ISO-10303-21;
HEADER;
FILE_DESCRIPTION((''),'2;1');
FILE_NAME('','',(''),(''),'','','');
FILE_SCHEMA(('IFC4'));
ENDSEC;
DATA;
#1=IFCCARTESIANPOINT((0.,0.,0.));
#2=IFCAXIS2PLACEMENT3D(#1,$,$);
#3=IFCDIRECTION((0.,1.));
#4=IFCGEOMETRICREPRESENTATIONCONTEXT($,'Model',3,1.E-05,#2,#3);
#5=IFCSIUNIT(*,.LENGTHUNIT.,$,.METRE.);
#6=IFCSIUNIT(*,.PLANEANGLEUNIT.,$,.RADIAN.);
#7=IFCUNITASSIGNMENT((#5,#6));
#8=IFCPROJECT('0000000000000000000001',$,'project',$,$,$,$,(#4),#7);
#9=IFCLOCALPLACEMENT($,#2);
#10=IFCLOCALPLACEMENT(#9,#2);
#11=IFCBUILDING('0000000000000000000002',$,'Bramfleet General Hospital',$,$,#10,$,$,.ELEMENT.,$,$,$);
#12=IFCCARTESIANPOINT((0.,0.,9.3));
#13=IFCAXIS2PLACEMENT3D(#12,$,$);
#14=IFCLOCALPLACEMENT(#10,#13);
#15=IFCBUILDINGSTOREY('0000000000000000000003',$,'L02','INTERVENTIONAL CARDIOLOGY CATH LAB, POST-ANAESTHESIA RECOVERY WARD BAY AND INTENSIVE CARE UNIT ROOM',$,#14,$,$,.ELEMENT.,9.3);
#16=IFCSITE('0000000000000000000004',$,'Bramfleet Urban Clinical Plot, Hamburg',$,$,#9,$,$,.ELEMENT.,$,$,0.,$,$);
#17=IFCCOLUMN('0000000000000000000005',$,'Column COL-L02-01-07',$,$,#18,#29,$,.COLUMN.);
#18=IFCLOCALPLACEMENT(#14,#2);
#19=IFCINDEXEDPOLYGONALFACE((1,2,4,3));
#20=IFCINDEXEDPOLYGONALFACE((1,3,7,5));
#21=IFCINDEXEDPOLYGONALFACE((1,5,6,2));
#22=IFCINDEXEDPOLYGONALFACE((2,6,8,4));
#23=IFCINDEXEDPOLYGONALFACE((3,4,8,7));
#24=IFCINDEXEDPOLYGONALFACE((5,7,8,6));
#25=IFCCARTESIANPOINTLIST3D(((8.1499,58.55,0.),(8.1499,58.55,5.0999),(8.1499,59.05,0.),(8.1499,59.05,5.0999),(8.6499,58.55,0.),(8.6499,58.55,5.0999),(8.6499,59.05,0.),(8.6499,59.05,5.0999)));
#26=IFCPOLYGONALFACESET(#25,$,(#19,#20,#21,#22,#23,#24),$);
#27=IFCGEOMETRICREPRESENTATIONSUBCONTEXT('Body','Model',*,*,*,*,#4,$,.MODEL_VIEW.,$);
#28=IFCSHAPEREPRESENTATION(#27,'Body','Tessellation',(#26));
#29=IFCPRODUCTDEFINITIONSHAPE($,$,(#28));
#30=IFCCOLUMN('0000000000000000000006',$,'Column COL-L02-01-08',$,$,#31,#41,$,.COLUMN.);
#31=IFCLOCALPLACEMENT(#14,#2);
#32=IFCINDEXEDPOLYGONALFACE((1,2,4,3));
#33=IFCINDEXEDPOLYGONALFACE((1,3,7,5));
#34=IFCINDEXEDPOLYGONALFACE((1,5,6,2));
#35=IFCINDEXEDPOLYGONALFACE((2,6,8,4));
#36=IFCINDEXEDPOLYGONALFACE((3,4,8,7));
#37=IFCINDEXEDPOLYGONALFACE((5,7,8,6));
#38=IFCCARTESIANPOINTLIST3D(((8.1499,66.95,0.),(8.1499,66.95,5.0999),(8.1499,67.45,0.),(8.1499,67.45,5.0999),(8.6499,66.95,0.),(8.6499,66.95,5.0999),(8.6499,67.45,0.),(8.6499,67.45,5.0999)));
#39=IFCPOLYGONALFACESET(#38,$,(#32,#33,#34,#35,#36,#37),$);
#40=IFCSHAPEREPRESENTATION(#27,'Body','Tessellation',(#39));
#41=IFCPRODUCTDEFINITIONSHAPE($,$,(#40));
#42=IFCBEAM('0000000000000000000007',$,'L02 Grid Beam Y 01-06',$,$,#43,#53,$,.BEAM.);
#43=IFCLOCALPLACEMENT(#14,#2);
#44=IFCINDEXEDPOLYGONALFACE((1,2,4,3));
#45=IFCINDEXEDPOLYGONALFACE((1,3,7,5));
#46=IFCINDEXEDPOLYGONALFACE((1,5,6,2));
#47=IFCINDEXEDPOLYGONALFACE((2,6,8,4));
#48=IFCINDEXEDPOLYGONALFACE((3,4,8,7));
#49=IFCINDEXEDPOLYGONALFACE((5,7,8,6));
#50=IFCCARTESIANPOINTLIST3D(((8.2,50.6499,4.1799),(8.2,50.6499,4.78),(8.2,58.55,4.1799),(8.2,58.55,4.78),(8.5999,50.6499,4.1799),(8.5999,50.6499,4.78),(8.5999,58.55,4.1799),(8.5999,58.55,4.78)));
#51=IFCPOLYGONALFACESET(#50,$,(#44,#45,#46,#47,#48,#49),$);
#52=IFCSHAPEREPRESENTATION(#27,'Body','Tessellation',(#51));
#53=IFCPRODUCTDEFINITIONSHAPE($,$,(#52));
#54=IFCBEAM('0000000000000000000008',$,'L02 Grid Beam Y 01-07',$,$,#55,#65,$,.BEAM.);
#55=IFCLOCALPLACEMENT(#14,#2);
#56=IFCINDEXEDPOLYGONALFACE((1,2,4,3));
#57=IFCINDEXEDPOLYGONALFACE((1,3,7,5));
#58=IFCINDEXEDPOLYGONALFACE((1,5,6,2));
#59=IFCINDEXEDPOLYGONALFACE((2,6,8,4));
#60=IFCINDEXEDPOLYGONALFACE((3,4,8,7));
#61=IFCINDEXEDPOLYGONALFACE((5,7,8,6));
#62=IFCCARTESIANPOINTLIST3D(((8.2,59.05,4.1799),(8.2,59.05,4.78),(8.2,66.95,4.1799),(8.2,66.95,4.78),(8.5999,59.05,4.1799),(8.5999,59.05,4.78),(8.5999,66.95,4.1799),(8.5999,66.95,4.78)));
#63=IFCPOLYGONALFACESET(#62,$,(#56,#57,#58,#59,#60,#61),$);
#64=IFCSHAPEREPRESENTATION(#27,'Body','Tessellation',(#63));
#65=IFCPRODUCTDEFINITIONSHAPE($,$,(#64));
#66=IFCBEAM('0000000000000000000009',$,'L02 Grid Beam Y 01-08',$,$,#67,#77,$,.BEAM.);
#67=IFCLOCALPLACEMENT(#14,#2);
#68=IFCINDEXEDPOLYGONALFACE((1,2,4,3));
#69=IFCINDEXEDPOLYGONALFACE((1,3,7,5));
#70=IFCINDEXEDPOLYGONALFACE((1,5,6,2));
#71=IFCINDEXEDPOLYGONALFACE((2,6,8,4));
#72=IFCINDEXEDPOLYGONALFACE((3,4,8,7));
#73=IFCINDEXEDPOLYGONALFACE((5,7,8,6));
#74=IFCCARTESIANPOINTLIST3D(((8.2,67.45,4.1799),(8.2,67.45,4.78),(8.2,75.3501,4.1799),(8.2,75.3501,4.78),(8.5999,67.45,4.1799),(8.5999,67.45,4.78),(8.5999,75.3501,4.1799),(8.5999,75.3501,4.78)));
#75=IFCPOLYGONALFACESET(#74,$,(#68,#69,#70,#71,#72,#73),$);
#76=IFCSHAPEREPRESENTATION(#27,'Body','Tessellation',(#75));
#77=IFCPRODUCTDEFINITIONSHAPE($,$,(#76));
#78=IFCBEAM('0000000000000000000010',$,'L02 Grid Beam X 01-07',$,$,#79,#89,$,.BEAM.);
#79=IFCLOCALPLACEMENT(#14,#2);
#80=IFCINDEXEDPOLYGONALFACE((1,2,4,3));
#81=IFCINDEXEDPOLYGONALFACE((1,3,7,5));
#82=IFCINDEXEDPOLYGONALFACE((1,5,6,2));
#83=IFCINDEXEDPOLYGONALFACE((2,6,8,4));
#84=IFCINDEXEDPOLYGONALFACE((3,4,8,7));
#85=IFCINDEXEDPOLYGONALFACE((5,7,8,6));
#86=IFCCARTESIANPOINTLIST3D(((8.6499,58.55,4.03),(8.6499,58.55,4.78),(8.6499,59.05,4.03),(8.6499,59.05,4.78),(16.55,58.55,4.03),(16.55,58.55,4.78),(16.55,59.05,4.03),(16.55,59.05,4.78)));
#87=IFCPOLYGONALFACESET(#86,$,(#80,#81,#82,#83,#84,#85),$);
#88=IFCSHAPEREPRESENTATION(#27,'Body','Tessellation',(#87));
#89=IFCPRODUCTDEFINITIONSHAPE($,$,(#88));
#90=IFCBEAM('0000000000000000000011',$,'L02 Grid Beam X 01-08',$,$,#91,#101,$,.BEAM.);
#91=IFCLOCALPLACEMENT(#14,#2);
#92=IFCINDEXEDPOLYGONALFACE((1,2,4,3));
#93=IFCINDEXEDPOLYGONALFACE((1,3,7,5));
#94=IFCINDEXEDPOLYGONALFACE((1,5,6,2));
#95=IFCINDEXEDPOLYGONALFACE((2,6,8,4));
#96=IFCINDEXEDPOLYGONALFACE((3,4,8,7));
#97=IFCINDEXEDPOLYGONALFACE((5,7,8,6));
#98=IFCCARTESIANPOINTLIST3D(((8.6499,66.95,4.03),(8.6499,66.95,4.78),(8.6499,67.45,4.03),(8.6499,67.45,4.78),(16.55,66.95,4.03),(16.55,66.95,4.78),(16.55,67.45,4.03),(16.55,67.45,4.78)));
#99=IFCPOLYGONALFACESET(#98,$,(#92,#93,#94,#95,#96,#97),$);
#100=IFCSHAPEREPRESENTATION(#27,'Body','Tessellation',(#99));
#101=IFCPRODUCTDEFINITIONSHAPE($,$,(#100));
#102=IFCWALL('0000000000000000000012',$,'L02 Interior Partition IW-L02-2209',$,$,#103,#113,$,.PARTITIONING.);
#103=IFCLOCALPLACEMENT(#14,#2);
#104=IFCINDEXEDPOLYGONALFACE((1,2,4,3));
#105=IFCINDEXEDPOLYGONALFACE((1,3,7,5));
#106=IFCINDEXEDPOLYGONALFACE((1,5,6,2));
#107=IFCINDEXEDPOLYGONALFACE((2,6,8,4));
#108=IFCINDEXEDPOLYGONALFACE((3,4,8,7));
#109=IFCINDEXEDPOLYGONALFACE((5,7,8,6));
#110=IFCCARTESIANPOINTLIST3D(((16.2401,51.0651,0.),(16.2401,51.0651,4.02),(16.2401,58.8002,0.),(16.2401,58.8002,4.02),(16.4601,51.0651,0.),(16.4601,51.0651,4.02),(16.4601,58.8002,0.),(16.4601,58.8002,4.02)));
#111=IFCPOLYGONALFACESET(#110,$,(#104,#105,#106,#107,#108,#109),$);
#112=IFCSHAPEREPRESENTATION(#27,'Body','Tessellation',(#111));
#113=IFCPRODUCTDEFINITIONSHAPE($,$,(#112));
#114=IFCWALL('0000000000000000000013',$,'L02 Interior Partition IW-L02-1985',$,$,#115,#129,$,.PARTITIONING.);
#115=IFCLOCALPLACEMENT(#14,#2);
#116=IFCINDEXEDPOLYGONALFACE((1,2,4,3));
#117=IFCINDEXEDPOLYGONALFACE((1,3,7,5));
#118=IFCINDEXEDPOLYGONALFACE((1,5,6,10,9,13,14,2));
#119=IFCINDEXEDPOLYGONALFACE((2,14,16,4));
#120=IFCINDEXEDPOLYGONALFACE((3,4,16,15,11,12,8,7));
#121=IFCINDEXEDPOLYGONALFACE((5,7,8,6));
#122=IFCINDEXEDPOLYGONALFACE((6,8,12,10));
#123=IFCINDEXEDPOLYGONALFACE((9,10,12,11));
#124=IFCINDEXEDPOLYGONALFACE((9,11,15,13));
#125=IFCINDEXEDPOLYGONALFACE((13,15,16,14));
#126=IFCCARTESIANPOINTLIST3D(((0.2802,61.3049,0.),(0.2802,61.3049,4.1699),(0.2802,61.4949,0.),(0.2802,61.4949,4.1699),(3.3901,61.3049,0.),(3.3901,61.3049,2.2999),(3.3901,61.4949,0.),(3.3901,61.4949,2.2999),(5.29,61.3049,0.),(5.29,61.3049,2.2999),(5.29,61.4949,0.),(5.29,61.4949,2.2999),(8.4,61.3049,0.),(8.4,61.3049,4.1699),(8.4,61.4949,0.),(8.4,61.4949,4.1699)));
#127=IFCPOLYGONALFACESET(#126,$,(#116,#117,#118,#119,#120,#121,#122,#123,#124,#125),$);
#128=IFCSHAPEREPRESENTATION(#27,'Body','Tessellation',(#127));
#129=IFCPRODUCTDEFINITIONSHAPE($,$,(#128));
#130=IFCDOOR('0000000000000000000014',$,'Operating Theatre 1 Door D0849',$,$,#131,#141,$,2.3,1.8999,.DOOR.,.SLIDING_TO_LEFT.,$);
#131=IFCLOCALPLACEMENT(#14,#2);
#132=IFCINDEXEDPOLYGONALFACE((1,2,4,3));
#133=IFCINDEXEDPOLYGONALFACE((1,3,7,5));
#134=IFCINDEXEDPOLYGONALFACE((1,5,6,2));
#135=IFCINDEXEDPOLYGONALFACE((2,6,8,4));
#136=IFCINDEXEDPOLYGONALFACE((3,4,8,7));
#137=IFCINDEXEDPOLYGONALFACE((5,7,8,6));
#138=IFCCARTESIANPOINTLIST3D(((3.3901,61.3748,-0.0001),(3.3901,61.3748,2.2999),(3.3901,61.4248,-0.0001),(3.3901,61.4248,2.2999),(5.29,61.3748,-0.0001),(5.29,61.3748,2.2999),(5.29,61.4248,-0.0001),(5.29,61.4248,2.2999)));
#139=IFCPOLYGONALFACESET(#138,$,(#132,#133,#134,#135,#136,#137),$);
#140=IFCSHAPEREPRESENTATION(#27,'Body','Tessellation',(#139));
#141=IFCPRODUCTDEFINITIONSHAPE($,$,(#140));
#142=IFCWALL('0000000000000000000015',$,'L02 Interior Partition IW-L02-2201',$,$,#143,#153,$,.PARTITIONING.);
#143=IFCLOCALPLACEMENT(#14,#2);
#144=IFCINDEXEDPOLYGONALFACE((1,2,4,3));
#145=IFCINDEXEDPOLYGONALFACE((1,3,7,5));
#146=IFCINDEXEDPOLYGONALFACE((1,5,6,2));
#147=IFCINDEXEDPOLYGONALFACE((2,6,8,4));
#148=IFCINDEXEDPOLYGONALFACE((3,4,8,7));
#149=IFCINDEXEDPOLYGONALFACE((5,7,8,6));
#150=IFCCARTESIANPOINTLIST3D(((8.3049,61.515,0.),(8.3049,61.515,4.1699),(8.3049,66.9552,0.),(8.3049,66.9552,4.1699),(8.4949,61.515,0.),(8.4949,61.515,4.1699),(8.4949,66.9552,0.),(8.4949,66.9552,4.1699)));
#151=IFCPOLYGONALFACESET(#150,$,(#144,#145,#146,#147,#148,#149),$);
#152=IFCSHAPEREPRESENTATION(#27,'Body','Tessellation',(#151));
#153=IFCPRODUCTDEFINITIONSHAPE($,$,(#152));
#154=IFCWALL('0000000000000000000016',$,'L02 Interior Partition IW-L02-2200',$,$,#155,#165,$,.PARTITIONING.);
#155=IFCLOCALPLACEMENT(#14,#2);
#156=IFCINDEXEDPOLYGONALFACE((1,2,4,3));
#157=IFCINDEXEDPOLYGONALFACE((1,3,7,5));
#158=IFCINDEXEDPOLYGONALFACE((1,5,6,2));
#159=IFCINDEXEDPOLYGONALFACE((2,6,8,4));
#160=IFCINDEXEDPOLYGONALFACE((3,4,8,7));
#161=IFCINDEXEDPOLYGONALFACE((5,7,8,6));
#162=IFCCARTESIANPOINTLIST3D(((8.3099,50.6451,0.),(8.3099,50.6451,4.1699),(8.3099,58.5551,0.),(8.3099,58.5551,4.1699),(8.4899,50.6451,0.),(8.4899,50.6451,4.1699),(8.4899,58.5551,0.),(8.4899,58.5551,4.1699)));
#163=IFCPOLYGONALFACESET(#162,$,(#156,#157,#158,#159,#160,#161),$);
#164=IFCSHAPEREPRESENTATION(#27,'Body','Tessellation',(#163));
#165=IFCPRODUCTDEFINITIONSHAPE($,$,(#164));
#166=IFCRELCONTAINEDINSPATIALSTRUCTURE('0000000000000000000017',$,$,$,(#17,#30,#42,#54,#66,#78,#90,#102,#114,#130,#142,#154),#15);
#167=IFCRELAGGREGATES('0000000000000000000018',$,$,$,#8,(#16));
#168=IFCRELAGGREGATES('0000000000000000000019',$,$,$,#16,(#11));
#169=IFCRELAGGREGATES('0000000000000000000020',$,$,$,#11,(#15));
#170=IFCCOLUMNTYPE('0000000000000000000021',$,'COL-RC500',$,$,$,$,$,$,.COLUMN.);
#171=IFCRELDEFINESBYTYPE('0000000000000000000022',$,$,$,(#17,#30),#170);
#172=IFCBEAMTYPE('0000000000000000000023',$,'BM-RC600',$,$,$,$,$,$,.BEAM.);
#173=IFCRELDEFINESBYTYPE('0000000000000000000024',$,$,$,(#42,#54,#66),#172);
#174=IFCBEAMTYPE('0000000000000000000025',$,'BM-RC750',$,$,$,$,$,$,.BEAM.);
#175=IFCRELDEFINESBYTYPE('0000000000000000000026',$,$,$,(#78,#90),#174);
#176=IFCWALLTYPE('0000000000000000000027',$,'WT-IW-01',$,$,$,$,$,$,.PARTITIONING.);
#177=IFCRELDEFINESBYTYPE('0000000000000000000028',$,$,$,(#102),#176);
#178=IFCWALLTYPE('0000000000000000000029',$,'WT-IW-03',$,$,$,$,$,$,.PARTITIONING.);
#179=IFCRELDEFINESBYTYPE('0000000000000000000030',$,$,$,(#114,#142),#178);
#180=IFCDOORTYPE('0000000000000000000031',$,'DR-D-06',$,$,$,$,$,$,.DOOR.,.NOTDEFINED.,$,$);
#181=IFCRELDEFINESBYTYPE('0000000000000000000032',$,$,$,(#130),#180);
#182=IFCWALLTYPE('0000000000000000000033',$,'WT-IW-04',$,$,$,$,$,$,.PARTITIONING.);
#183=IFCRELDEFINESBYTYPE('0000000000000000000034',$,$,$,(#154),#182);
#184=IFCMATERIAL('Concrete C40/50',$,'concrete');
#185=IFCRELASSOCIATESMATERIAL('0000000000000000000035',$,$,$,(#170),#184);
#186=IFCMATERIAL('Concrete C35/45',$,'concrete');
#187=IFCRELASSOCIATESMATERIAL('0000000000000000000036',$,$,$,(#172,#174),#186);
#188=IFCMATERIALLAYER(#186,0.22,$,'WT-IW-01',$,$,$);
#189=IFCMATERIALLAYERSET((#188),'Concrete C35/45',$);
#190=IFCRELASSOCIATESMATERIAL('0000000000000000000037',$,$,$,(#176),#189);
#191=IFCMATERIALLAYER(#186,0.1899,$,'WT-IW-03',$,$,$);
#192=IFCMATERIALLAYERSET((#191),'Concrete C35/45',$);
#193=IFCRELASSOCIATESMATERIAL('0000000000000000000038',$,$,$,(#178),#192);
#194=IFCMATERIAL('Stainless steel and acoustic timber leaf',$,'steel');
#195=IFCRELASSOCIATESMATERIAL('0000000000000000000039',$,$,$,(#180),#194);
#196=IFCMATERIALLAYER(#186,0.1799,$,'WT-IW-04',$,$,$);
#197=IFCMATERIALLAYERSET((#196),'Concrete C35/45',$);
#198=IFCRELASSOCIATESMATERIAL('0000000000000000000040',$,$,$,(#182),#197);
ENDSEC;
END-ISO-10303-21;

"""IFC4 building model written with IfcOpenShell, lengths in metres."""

from ifc_helpers import new_model, si_unit, direction, frame, frame_2d, origin, origin_2d, place, context, subcontext, project, spatial, rectangle, extrude, material, layer, layer_set, material_profile, profile_set, type_object, element, fill, save


model = new_model("IFC4")

# Units and contexts
model_context = context("Model", 3, precision=1e-05, world=origin(), true_north=direction((0.0, 1.0)))
body_context = subcontext(model_context, "Body", "Model", "MODEL_VIEW")
ifc_project = project(units=[si_unit("LENGTHUNIT", "METRE"), si_unit("PLANEANGLEUNIT", "RADIAN")], contexts=[model_context])

# Site, building, storey
site_placement = place(None, origin())
site = spatial("IfcSite", under=ifc_project, at=site_placement, Name="Bramfleet Urban Clinical Plot, Hamburg", CompositionType="ELEMENT", RefElevation=0.0)
building_placement = place(site_placement, origin())
building = spatial("IfcBuilding", under=site, at=building_placement, Name="Bramfleet General Hospital", CompositionType="ELEMENT")
storey_placement = place(building_placement, frame((0.0, 0.0, 9.3)))
storey = spatial("IfcBuildingStorey", under=building, at=storey_placement, Name="L02", Description="INTERVENTIONAL CARDIOLOGY CATH LAB, POST-ANAESTHESIA RECOVERY WARD BAY AND INTENSIVE CARE UNIT ROOM", CompositionType="ELEMENT", Elevation=9.3)

# Columns
ifc_material_1 = material(Name="Concrete C40/50", Category="concrete")
ifc_material_profile_1 = material_profile(ifc_material_1, rectangle(XDim=0.5, YDim=0.5, at=origin_2d()), Name="RC COL 500x500")
ifc_profile_set_1 = profile_set([ifc_material_profile_1], Name="Concrete C40/50")
column_type = type_object("IfcColumnType", Name="COL-RC500", PredefinedType="COLUMN", material=ifc_profile_set_1)
for number, where, z_axis, x_axis, name in (
    (1, (8.3999, 58.8, 0.0), (0.0, 0.0, 1.0), (1.0, 0.0, 0.0), "Column COL-L02-01-07"),
    (2, (8.3999, 67.2, 0.0), (0.0, 0.0, 1.0), (1.0, 0.0, 0.0), "Column COL-L02-01-08"),
):
    element("IfcColumn", number, at=place(storey_placement, frame(where, z_axis=z_axis, x_axis=x_axis)), inside=storey, type_object=column_type, Name=name, PredefinedType="COLUMN", context=body_context, shape_type="SweptSolid", body=[
        extrude(rectangle(XDim=0.5, YDim=0.5, at=origin_2d()), origin(), (0.0, 0.0, 1.0), 5.0999),
    ])

# Beams
ifc_material_2 = material(Name="Concrete C35/45", Category="concrete")
ifc_material_profile_2 = material_profile(ifc_material_2, rectangle(XDim=0.3999, YDim=0.6001, at=origin_2d()), Name="RC BM 600x400")
ifc_profile_set_2 = profile_set([ifc_material_profile_2], Name="Concrete C35/45")
beam_type_1 = type_object("IfcBeamType", Name="BM-RC600", PredefinedType="BEAM", material=ifc_profile_set_2)
beam_1_placement = place(storey_placement, frame((8.3999, 50.6499, 4.48), z_axis=(0.0, 1.0, 0.0), x_axis=(-1.0, 0.0, 0.0)))
element("IfcBeam", 3, at=beam_1_placement, inside=storey, type_object=beam_type_1, Name="L02 Grid Beam Y 01-06", PredefinedType="BEAM", context=body_context, shape_type="SweptSolid", body=[
    extrude(rectangle(XDim=0.3999, YDim=0.6001, at=origin_2d()), origin(), (0.0, 0.0, 1.0), 7.9001),
])
beam_2_placement = place(storey_placement, frame((8.3999, 59.05, 4.48), z_axis=(0.0, 1.0, 0.0), x_axis=(-1.0, 0.0, 0.0)))
element("IfcBeam", 4, at=beam_2_placement, inside=storey, type_object=beam_type_1, Name="L02 Grid Beam Y 01-07", PredefinedType="BEAM", context=body_context, shape_type="SweptSolid", body=[
    extrude(rectangle(XDim=0.3999, YDim=0.6001, at=origin_2d()), origin(), (0.0, 0.0, 1.0), 7.8999),
])
beam_3_placement = place(storey_placement, frame((8.3999, 67.45, 4.48), z_axis=(0.0, 1.0, 0.0), x_axis=(-1.0, 0.0, 0.0)))
element("IfcBeam", 5, at=beam_3_placement, inside=storey, type_object=beam_type_1, Name="L02 Grid Beam Y 01-08", PredefinedType="BEAM", context=body_context, shape_type="SweptSolid", body=[
    extrude(rectangle(XDim=0.3999, YDim=0.6001, at=origin_2d()), origin(), (0.0, 0.0, 1.0), 7.9001),
])
ifc_material_profile_3 = material_profile(ifc_material_2, rectangle(XDim=0.5, YDim=0.75, at=origin_2d()), Name="RC BM 750x500")
ifc_profile_set_3 = profile_set([ifc_material_profile_3], Name="Concrete C35/45")
beam_type_2 = type_object("IfcBeamType", Name="BM-RC750", PredefinedType="BEAM", material=ifc_profile_set_3)
for number, where, z_axis, x_axis, name in (
    (6, (8.6499, 58.8, 4.405), (1.0, 0.0, 0.0), (0.0, 1.0, 0.0), "L02 Grid Beam X 01-07"),
    (7, (8.6499, 67.2, 4.405), (1.0, 0.0, 0.0), (0.0, 1.0, 0.0), "L02 Grid Beam X 01-08"),
):
    element("IfcBeam", number, at=place(storey_placement, frame(where, z_axis=z_axis, x_axis=x_axis)), inside=storey, type_object=beam_type_2, Name=name, PredefinedType="BEAM", context=body_context, shape_type="SweptSolid", body=[
        extrude(rectangle(XDim=0.5, YDim=0.75, at=origin_2d()), origin(), (0.0, 0.0, 1.0), 7.9001),
    ])

# Wall
ifc_layer_1 = layer(ifc_material_2, 0.22, Name="WT-IW-01")
ifc_layer_set_1 = layer_set([ifc_layer_1], Name="Concrete C35/45")
wall_type_1 = type_object("IfcWallType", Name="WT-IW-01", PredefinedType="PARTITIONING", material=ifc_layer_set_1)
wall_1_placement = place(storey_placement, frame((16.3501, 51.0649, 0.0), z_axis=(0.0, 0.0, 1.0), x_axis=(0.0, 1.0, 0.0)))
element("IfcWall", 8, at=wall_1_placement, inside=storey, type_object=wall_type_1, Name="L02 Interior Partition IW-L02-2209", PredefinedType="PARTITIONING", context=body_context, shape_type="SweptSolid", body=[
    extrude(rectangle(XDim=7.7351, YDim=0.22, at=frame_2d((3.8677, 0.0))), origin(), (0.0, 0.0, 1.0), 4.02),
])

# Wall, opening, door
ifc_layer_2 = layer(ifc_material_2, 0.1899, Name="WT-IW-03")
ifc_layer_set_2 = layer_set([ifc_layer_2], Name="Concrete C35/45")
wall_type_2 = type_object("IfcWallType", Name="WT-IW-03", PredefinedType="PARTITIONING", material=ifc_layer_set_2)
wall_2_placement = place(storey_placement, frame((0.28, 61.3999, 0.0), z_axis=(0.0, 0.0, 1.0), x_axis=(1.0, 0.0, 0.0)))
wall_2 = element("IfcWall", 9, at=wall_2_placement, inside=storey, type_object=wall_type_2, Name="L02 Interior Partition IW-L02-1985", PredefinedType="PARTITIONING", context=body_context, shape_type="SweptSolid", body=[
    extrude(rectangle(XDim=8.1199, YDim=0.1899, at=frame_2d((4.0601, 0.0))), origin(), (0.0, 0.0, 1.0), 4.1699),
])
opening_1_placement = place(wall_2_placement, frame((3.1101, 0.0, 0.0)))
opening_1 = element("IfcOpeningElement", 10, at=opening_1_placement, cuts=wall_2, PredefinedType="OPENING", context=body_context, shape_type="SweptSolid", body=[
    extrude(rectangle(XDim=1.8999, YDim=2.3, at=frame_2d((0.95, 1.1499))), frame((0.0, 0.105, 0.0), z_axis=(0.0, -1.0, 0.0), x_axis=(1.0, 0.0, 0.0)), (0.0, 0.0, 1.0), 0.21),
])
ifc_material_3 = material(Name="Stainless steel and acoustic timber leaf", Category="steel")
door_type_1 = type_object("IfcDoorType", Name="DR-D-06", OperationType="NOTDEFINED", PredefinedType="DOOR", material=ifc_material_3)
door_1_placement = place(opening_1_placement, origin())
door_1 = element("IfcDoor", 11, at=door_1_placement, inside=storey, type_object=door_type_1, Name="Operating Theatre 1 Door D0849", OperationType="SLIDING_TO_LEFT", OverallHeight=2.3, OverallWidth=1.8999, PredefinedType="DOOR", context=body_context, shape_type="SweptSolid", body=[
    extrude(rectangle(XDim=1.8999, YDim=2.3, at=frame_2d((0.95, 1.1499))), frame((0.0, 0.0249, 0.0), z_axis=(0.0, -1.0, 0.0), x_axis=(1.0, 0.0, 0.0)), (0.0, 0.0, 1.0), 0.05),
])
fill(opening_1, door_1)

# Walls
wall_3_placement = place(storey_placement, frame((8.3999, 61.5149, 0.0), z_axis=(0.0, 0.0, 1.0), x_axis=(0.0, 1.0, 0.0)))
element("IfcWall", 12, at=wall_3_placement, inside=storey, type_object=wall_type_2, Name="L02 Interior Partition IW-L02-2201", PredefinedType="PARTITIONING", context=body_context, shape_type="SweptSolid", body=[
    extrude(rectangle(XDim=5.4402, YDim=0.1899, at=frame_2d((2.7202, 0.0))), origin(), (0.0, 0.0, 1.0), 4.1699),
])
ifc_layer_3 = layer(ifc_material_2, 0.1799, Name="WT-IW-04")
ifc_layer_set_3 = layer_set([ifc_layer_3], Name="Concrete C35/45")
wall_type_3 = type_object("IfcWallType", Name="WT-IW-04", PredefinedType="PARTITIONING", material=ifc_layer_set_3)
wall_4_placement = place(storey_placement, frame((8.3999, 50.645, 0.0), z_axis=(0.0, 0.0, 1.0), x_axis=(0.0, 1.0, 0.0)))
element("IfcWall", 13, at=wall_4_placement, inside=storey, type_object=wall_type_3, Name="L02 Interior Partition IW-L02-2200", PredefinedType="PARTITIONING", context=body_context, shape_type="SweptSolid", body=[
    extrude(rectangle(XDim=7.9099, YDim=0.1799, at=frame_2d((3.9551, 0.0))), origin(), (0.0, 0.0, 1.0), 4.1699),
])

save(model, "model.ifc")
